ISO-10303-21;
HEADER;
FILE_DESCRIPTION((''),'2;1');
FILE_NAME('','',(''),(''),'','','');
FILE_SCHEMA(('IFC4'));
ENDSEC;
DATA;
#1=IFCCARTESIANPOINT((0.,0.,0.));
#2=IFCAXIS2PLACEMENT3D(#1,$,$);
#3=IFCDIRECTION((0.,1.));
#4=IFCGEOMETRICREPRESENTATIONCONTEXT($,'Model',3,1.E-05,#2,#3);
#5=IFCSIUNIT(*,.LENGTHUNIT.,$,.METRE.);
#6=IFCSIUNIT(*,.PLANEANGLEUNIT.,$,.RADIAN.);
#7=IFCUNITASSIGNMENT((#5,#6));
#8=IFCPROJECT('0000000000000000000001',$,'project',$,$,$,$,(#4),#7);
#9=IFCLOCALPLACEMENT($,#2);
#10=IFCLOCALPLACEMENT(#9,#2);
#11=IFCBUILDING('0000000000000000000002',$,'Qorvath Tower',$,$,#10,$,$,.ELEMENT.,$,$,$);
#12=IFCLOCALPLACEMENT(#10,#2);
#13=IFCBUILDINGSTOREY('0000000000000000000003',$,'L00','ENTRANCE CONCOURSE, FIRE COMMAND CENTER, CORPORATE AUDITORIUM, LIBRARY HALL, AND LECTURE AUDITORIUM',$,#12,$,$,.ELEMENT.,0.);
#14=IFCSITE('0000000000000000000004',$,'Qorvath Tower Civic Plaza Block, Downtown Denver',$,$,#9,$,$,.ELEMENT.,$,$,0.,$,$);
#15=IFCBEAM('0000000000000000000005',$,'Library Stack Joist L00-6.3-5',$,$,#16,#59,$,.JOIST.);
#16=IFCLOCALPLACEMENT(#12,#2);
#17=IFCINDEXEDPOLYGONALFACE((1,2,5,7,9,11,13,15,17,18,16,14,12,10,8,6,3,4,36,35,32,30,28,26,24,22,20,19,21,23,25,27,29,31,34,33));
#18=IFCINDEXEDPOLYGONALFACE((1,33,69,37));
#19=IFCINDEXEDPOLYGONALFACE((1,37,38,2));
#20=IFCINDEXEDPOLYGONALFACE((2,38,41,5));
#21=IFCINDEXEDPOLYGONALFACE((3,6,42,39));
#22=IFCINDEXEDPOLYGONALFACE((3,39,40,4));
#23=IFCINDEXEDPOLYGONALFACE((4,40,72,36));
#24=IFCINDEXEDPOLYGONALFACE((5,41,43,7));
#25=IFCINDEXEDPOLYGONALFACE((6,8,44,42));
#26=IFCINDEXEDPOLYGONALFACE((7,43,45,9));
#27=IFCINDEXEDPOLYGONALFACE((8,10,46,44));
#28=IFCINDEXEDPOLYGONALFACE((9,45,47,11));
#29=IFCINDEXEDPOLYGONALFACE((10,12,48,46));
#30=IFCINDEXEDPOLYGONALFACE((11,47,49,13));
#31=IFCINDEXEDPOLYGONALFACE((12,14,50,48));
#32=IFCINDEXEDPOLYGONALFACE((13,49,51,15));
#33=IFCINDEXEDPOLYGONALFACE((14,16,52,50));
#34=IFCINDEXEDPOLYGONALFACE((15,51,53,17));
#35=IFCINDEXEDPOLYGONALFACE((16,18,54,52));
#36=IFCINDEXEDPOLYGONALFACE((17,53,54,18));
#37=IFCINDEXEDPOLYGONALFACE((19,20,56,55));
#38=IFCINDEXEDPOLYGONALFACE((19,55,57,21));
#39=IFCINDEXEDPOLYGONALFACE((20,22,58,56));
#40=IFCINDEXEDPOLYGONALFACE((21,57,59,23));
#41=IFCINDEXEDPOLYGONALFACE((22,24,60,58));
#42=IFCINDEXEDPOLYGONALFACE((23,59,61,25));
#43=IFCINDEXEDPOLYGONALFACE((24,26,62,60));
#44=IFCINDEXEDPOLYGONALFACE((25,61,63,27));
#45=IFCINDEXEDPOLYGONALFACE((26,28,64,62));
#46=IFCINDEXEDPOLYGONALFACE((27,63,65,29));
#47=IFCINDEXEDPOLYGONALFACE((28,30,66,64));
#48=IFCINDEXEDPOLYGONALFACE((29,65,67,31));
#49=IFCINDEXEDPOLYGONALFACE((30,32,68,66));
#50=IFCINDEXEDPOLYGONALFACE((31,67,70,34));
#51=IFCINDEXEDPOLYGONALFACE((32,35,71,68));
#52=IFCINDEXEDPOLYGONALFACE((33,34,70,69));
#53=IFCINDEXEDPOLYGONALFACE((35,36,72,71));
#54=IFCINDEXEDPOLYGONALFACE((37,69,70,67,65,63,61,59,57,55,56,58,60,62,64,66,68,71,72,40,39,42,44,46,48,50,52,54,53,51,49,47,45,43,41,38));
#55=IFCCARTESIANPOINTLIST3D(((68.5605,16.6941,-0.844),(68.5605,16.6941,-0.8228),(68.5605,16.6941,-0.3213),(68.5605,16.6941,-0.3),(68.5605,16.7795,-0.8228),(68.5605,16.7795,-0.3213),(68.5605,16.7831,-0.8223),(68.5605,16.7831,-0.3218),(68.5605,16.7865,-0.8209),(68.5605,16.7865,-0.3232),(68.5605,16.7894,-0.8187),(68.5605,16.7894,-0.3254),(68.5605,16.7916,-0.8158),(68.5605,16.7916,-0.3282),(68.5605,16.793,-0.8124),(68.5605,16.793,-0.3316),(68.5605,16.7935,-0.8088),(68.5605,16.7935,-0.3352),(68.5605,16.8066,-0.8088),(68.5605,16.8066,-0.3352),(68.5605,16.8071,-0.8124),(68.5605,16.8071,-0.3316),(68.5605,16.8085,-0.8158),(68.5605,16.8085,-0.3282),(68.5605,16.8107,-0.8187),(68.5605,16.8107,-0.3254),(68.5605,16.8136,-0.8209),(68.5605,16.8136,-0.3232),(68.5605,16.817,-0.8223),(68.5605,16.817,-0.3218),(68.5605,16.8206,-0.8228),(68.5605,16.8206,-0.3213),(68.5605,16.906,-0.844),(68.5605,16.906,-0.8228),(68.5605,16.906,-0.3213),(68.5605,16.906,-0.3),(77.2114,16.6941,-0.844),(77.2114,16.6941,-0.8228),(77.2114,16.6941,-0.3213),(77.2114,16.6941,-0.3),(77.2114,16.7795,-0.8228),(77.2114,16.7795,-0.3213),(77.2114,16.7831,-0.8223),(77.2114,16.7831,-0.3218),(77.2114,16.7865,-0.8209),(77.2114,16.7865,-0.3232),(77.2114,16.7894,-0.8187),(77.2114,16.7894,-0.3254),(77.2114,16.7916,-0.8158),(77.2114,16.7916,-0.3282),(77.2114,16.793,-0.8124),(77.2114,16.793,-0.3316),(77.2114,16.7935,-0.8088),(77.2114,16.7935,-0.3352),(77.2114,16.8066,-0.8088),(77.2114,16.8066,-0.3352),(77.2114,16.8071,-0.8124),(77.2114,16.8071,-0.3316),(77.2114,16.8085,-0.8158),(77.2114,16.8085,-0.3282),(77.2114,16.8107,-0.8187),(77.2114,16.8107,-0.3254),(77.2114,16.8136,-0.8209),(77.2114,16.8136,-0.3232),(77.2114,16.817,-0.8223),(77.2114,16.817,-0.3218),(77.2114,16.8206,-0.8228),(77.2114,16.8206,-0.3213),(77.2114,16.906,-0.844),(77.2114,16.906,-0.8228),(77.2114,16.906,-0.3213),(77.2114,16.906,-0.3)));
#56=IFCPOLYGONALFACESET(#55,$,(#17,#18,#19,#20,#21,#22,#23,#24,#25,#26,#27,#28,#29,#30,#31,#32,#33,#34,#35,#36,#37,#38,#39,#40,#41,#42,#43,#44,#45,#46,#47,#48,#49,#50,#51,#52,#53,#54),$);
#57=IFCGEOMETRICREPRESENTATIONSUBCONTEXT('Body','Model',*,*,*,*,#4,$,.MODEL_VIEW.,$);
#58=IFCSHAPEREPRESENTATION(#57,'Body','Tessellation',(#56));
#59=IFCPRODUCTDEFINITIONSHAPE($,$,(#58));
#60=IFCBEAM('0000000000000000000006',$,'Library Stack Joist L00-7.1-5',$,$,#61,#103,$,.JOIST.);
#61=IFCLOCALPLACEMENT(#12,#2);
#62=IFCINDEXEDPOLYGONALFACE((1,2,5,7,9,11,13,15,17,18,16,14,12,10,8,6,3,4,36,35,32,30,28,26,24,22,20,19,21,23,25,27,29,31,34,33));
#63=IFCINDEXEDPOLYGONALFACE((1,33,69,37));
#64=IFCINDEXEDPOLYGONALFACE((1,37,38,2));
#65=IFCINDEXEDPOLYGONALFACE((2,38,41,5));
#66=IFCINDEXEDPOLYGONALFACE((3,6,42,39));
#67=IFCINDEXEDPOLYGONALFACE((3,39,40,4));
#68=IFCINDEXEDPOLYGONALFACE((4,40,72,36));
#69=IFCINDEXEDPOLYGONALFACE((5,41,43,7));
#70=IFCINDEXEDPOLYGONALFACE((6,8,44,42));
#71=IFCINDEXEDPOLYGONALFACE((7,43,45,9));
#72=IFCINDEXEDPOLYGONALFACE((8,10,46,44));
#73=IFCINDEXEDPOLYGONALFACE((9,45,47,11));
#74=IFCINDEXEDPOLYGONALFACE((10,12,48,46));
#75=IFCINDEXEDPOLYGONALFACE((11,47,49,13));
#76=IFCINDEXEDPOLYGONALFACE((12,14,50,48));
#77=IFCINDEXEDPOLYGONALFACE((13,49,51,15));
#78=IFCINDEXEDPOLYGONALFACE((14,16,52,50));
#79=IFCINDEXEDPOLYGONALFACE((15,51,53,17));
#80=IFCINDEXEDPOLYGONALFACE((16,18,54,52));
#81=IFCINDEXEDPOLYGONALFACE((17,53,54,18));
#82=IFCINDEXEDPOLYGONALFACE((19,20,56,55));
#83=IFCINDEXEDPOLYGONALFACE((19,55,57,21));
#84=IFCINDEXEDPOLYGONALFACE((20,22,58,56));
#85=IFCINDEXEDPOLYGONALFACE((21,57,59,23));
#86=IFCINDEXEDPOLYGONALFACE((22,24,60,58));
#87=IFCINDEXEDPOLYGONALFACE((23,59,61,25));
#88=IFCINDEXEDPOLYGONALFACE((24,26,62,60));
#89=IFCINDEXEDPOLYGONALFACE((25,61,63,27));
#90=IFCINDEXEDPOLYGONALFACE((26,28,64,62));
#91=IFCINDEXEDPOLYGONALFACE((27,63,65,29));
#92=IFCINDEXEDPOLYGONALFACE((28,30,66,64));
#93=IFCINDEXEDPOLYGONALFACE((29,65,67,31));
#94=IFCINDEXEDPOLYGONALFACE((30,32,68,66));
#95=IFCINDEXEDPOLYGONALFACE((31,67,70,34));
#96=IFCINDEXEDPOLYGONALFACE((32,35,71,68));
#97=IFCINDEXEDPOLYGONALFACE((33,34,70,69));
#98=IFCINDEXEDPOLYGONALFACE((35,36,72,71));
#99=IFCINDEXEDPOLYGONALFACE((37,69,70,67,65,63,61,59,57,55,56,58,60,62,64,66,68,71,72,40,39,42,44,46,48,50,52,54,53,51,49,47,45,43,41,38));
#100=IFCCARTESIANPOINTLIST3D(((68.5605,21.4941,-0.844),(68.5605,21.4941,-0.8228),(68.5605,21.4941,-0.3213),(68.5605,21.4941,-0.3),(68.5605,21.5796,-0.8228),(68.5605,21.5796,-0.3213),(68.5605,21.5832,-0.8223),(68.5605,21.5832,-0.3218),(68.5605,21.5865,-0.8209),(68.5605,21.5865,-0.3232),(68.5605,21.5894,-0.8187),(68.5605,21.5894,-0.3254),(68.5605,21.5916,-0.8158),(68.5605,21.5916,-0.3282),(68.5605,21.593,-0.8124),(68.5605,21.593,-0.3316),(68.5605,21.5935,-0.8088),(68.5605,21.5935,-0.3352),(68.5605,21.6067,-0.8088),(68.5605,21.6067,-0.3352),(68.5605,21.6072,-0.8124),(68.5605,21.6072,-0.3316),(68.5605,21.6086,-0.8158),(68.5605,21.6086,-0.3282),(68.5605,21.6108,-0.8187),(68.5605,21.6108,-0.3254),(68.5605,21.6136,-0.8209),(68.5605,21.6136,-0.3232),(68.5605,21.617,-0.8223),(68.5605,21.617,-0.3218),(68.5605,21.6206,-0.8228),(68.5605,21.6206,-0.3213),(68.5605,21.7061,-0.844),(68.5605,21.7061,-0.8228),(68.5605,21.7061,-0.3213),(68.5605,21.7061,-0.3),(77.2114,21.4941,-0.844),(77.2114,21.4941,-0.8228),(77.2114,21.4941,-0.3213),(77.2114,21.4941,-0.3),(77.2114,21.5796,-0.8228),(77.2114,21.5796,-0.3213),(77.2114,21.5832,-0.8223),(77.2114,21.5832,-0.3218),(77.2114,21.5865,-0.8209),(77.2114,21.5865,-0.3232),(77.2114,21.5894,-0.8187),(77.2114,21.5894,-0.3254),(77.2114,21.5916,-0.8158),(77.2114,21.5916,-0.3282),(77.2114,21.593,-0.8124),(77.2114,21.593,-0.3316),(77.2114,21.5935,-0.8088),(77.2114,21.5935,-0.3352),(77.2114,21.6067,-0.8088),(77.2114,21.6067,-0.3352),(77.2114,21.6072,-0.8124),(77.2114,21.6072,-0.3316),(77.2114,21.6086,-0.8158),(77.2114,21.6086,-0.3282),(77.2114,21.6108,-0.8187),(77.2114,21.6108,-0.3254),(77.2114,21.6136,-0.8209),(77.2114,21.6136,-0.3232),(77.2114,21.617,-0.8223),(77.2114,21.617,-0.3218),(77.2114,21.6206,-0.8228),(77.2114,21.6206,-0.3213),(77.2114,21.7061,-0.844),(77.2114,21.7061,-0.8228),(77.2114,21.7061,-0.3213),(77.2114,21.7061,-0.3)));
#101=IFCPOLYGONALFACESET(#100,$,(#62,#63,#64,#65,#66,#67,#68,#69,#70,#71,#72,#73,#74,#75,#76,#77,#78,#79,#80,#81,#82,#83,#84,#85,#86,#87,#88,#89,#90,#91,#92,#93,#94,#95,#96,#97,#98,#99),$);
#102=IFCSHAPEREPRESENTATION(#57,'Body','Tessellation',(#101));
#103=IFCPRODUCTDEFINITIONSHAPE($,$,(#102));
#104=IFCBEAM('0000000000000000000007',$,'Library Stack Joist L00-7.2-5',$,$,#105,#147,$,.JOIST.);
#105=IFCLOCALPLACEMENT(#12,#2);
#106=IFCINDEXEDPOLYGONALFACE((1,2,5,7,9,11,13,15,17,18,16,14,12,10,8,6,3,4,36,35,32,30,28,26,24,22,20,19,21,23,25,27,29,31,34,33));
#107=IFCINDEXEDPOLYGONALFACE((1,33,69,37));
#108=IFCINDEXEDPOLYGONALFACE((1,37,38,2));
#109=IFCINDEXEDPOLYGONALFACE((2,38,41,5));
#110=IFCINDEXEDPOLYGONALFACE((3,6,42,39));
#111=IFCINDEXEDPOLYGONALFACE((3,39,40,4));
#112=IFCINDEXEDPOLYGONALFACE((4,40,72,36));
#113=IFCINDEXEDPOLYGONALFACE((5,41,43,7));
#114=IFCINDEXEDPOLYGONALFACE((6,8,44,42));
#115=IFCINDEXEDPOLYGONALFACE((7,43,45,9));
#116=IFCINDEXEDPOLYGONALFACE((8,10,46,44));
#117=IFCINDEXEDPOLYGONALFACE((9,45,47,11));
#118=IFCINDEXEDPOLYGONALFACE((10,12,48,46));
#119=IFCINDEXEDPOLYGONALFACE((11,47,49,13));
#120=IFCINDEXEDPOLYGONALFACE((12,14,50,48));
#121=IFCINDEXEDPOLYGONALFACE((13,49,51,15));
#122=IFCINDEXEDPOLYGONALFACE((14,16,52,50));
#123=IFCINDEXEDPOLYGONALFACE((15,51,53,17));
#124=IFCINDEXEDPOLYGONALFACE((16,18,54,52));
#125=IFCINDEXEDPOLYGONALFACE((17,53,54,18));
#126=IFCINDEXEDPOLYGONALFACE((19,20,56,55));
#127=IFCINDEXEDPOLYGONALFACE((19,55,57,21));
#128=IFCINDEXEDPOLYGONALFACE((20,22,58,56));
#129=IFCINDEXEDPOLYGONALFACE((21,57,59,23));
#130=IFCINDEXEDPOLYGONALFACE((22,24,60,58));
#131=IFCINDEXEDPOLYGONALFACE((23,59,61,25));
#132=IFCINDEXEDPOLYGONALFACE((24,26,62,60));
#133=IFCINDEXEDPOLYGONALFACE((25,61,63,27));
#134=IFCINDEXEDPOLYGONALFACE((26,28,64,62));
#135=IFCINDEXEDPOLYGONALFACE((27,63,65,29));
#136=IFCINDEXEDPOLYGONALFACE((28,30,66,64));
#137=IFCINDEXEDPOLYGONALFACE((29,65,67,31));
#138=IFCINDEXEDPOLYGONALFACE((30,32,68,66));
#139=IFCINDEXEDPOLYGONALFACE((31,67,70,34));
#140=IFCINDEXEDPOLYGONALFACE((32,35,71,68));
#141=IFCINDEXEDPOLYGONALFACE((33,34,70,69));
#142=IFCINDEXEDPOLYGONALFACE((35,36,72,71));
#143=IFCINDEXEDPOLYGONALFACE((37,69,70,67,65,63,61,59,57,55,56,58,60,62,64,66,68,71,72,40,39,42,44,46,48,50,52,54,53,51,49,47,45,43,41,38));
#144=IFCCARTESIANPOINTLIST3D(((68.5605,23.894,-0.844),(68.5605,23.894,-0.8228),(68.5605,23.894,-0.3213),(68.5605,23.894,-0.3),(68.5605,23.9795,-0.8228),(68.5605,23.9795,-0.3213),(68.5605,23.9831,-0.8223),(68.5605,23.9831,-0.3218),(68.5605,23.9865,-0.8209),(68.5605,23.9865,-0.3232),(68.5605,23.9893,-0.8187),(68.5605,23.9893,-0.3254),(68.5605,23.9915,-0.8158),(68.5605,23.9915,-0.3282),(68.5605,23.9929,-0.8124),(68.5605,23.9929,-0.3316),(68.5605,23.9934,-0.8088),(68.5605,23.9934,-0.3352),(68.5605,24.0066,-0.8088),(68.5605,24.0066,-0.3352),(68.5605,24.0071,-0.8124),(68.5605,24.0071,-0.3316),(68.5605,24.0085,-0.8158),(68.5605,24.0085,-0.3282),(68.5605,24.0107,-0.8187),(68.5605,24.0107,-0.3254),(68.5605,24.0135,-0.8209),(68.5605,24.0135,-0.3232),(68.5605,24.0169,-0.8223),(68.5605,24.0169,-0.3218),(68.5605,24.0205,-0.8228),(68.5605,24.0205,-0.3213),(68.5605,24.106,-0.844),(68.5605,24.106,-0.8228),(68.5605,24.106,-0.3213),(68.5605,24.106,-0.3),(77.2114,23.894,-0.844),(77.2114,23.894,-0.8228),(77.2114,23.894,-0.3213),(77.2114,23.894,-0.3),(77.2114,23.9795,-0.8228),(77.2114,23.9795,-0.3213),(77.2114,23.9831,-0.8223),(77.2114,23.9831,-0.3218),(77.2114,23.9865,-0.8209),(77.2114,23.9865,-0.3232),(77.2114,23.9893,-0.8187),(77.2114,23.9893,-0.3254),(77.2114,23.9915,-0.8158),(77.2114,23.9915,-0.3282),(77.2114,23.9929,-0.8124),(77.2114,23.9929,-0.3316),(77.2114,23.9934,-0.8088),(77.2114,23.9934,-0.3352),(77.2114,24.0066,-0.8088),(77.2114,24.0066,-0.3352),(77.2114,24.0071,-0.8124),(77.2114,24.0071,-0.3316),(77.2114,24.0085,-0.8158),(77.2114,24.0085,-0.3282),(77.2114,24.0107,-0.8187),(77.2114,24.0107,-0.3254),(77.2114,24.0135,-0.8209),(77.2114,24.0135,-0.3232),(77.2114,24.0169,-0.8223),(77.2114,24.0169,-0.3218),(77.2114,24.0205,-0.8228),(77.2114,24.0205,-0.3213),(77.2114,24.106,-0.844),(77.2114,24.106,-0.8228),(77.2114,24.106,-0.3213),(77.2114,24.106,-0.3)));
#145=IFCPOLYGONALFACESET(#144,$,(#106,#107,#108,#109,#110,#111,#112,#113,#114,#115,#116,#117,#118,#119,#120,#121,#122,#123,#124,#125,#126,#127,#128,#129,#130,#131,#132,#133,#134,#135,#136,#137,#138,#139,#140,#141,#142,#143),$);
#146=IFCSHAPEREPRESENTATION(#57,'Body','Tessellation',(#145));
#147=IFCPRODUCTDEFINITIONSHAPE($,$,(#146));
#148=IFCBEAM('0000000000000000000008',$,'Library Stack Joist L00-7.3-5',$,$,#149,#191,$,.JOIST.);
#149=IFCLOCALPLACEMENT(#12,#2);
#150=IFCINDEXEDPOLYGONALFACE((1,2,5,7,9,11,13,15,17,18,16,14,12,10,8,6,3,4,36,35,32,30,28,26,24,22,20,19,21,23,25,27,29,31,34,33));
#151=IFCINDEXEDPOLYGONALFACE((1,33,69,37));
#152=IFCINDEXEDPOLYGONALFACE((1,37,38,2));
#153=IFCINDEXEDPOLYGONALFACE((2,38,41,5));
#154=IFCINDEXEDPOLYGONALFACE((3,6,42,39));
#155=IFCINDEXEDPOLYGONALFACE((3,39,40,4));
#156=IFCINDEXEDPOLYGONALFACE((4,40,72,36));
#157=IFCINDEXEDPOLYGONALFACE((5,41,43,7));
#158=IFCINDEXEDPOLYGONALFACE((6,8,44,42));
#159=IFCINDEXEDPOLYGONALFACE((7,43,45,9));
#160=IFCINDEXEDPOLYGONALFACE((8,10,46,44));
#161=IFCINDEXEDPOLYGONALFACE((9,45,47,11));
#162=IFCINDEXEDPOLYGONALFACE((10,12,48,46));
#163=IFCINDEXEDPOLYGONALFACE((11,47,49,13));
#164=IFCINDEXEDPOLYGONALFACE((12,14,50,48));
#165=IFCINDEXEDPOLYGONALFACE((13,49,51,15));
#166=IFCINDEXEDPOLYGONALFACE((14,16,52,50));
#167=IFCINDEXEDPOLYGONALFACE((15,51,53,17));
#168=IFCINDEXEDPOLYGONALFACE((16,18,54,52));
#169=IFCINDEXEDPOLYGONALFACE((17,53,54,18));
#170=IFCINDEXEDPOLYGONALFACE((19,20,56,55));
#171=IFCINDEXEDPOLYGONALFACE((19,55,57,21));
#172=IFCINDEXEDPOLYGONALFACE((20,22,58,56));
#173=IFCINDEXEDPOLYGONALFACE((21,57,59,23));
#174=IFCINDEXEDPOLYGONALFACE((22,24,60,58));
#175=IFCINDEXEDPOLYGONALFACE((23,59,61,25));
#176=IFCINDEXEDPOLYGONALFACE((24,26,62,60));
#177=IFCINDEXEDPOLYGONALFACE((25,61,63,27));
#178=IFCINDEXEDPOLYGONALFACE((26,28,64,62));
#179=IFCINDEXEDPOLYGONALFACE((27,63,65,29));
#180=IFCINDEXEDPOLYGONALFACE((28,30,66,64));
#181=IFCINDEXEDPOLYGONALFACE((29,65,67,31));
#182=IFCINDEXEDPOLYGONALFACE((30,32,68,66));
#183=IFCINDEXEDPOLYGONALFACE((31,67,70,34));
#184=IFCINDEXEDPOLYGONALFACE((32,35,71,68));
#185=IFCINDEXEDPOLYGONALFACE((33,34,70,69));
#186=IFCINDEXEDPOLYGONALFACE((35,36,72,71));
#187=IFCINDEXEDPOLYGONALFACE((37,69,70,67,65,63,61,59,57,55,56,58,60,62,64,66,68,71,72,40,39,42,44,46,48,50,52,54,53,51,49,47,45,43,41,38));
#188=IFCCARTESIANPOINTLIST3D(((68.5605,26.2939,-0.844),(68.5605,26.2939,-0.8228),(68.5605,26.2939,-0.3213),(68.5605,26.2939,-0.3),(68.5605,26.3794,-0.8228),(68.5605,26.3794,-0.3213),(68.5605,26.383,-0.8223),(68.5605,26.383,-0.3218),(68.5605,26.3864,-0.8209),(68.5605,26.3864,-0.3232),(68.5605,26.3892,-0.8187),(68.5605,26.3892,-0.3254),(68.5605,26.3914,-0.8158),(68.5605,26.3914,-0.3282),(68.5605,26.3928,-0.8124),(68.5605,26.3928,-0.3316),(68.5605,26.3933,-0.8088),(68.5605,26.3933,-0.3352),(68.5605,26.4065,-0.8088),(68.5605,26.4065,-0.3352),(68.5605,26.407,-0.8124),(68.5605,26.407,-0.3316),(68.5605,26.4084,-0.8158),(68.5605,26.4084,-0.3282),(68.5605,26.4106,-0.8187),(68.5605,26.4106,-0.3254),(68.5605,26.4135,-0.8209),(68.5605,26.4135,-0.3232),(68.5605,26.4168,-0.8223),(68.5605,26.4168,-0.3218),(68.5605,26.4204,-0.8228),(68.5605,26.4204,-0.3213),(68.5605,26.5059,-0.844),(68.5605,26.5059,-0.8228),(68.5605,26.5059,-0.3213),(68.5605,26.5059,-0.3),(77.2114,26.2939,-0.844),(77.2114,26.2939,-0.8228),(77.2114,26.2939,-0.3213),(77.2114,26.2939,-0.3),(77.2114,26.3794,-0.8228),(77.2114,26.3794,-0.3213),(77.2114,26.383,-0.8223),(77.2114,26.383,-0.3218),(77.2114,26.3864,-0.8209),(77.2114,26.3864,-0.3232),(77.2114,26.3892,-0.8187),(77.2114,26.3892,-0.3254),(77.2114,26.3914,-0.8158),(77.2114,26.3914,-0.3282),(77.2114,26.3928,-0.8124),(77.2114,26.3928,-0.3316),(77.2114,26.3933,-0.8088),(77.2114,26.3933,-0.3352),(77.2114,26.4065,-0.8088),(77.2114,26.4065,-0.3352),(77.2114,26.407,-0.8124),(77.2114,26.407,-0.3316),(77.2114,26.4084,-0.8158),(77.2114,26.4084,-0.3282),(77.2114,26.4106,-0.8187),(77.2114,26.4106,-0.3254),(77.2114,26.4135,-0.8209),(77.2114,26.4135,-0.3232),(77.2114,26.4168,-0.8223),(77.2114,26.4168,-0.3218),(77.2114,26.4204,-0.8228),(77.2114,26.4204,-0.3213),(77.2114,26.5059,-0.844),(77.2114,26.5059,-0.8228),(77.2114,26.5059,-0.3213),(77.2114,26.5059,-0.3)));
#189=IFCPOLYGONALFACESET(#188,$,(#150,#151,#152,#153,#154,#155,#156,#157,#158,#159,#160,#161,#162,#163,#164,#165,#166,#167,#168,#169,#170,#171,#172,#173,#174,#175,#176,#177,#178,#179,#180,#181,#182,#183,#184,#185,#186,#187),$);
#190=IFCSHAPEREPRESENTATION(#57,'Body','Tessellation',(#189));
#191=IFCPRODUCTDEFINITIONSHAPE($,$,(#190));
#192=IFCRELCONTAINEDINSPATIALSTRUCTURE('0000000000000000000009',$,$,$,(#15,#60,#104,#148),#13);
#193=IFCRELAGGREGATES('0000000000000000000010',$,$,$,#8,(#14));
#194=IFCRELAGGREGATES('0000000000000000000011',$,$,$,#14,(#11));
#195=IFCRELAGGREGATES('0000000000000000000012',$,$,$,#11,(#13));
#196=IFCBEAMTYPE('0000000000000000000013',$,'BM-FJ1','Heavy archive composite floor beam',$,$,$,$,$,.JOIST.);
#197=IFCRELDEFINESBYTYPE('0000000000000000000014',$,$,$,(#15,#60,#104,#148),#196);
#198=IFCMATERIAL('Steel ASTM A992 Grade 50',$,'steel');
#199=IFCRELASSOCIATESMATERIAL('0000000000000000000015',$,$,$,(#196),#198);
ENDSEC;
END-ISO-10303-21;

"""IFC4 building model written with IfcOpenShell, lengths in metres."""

from ifc_helpers import new_model, si_unit, direction, frame, origin, origin_2d, place, context, subcontext, project, spatial, i_section, extrude, material, material_profile, profile_set, type_object, element, save


model = new_model("IFC4")

# Units and contexts
model_context = context("Model", 3, precision=1e-05, world=origin(), true_north=direction((0.0, 1.0)))
body_context = subcontext(model_context, "Body", "Model", "MODEL_VIEW")
ifc_project = project(units=[si_unit("LENGTHUNIT", "METRE"), si_unit("PLANEANGLEUNIT", "RADIAN")], contexts=[model_context])

# Site, building, storey
site_placement = place(None, origin())
site = spatial("IfcSite", under=ifc_project, at=site_placement, Name="Qorvath Tower Civic Plaza Block, Downtown Denver", CompositionType="ELEMENT", RefElevation=0.0)
building_placement = place(site_placement, origin())
building = spatial("IfcBuilding", under=site, at=building_placement, Name="Qorvath Tower", CompositionType="ELEMENT")
storey_placement = place(building_placement, origin())
storey = spatial("IfcBuildingStorey", under=building, at=storey_placement, Name="L00", Description="ENTRANCE CONCOURSE, FIRE COMMAND CENTER, CORPORATE AUDITORIUM, LIBRARY HALL, AND LECTURE AUDITORIUM", CompositionType="ELEMENT", Elevation=0.0)

# Beams
ifc_material_1 = material(Name="Steel ASTM A992 Grade 50", Category="steel")
ifc_material_profile_1 = material_profile(ifc_material_1, i_section(OverallWidth=0.2119, OverallDepth=0.5439, WebThickness=0.0132, FlangeThickness=0.0212, FilletRadius=0.0139, at=origin_2d()), Name="W21x83")
ifc_profile_set_1 = profile_set([ifc_material_profile_1], Name="Steel ASTM A992 Grade 50")
beam_type_1 = type_object("IfcBeamType", Name="BM-FJ1", Description="Heavy archive composite floor beam", PredefinedType="JOIST", material=ifc_profile_set_1)
for number, where, z_axis, x_axis, name in (
    (1, (68.5605, 16.8, -0.572), (1.0, 0.0, 0.0), (0.0, 1.0, 0.0), "Library Stack Joist L00-6.3-5"),
    (2, (68.5605, 21.6001, -0.572), (1.0, 0.0, 0.0), (0.0, 1.0, 0.0), "Library Stack Joist L00-7.1-5"),
    (3, (68.5605, 24.0, -0.572), (1.0, 0.0, 0.0), (0.0, 1.0, 0.0), "Library Stack Joist L00-7.2-5"),
    (4, (68.5605, 26.3999, -0.572), (1.0, 0.0, 0.0), (0.0, 1.0, 0.0), "Library Stack Joist L00-7.3-5"),
):
    element("IfcBeam", number, at=place(storey_placement, frame(where, z_axis=z_axis, x_axis=x_axis)), inside=storey, type_object=beam_type_1, Name=name, PredefinedType="JOIST", context=body_context, shape_type="SweptSolid", body=[
        extrude(i_section(OverallWidth=0.2119, OverallDepth=0.5439, WebThickness=0.0132, FlangeThickness=0.0212, FilletRadius=0.0139, at=origin_2d()), origin(), (0.0, 0.0, 1.0), 8.6509),
    ])

save(model, "model.ifc")
